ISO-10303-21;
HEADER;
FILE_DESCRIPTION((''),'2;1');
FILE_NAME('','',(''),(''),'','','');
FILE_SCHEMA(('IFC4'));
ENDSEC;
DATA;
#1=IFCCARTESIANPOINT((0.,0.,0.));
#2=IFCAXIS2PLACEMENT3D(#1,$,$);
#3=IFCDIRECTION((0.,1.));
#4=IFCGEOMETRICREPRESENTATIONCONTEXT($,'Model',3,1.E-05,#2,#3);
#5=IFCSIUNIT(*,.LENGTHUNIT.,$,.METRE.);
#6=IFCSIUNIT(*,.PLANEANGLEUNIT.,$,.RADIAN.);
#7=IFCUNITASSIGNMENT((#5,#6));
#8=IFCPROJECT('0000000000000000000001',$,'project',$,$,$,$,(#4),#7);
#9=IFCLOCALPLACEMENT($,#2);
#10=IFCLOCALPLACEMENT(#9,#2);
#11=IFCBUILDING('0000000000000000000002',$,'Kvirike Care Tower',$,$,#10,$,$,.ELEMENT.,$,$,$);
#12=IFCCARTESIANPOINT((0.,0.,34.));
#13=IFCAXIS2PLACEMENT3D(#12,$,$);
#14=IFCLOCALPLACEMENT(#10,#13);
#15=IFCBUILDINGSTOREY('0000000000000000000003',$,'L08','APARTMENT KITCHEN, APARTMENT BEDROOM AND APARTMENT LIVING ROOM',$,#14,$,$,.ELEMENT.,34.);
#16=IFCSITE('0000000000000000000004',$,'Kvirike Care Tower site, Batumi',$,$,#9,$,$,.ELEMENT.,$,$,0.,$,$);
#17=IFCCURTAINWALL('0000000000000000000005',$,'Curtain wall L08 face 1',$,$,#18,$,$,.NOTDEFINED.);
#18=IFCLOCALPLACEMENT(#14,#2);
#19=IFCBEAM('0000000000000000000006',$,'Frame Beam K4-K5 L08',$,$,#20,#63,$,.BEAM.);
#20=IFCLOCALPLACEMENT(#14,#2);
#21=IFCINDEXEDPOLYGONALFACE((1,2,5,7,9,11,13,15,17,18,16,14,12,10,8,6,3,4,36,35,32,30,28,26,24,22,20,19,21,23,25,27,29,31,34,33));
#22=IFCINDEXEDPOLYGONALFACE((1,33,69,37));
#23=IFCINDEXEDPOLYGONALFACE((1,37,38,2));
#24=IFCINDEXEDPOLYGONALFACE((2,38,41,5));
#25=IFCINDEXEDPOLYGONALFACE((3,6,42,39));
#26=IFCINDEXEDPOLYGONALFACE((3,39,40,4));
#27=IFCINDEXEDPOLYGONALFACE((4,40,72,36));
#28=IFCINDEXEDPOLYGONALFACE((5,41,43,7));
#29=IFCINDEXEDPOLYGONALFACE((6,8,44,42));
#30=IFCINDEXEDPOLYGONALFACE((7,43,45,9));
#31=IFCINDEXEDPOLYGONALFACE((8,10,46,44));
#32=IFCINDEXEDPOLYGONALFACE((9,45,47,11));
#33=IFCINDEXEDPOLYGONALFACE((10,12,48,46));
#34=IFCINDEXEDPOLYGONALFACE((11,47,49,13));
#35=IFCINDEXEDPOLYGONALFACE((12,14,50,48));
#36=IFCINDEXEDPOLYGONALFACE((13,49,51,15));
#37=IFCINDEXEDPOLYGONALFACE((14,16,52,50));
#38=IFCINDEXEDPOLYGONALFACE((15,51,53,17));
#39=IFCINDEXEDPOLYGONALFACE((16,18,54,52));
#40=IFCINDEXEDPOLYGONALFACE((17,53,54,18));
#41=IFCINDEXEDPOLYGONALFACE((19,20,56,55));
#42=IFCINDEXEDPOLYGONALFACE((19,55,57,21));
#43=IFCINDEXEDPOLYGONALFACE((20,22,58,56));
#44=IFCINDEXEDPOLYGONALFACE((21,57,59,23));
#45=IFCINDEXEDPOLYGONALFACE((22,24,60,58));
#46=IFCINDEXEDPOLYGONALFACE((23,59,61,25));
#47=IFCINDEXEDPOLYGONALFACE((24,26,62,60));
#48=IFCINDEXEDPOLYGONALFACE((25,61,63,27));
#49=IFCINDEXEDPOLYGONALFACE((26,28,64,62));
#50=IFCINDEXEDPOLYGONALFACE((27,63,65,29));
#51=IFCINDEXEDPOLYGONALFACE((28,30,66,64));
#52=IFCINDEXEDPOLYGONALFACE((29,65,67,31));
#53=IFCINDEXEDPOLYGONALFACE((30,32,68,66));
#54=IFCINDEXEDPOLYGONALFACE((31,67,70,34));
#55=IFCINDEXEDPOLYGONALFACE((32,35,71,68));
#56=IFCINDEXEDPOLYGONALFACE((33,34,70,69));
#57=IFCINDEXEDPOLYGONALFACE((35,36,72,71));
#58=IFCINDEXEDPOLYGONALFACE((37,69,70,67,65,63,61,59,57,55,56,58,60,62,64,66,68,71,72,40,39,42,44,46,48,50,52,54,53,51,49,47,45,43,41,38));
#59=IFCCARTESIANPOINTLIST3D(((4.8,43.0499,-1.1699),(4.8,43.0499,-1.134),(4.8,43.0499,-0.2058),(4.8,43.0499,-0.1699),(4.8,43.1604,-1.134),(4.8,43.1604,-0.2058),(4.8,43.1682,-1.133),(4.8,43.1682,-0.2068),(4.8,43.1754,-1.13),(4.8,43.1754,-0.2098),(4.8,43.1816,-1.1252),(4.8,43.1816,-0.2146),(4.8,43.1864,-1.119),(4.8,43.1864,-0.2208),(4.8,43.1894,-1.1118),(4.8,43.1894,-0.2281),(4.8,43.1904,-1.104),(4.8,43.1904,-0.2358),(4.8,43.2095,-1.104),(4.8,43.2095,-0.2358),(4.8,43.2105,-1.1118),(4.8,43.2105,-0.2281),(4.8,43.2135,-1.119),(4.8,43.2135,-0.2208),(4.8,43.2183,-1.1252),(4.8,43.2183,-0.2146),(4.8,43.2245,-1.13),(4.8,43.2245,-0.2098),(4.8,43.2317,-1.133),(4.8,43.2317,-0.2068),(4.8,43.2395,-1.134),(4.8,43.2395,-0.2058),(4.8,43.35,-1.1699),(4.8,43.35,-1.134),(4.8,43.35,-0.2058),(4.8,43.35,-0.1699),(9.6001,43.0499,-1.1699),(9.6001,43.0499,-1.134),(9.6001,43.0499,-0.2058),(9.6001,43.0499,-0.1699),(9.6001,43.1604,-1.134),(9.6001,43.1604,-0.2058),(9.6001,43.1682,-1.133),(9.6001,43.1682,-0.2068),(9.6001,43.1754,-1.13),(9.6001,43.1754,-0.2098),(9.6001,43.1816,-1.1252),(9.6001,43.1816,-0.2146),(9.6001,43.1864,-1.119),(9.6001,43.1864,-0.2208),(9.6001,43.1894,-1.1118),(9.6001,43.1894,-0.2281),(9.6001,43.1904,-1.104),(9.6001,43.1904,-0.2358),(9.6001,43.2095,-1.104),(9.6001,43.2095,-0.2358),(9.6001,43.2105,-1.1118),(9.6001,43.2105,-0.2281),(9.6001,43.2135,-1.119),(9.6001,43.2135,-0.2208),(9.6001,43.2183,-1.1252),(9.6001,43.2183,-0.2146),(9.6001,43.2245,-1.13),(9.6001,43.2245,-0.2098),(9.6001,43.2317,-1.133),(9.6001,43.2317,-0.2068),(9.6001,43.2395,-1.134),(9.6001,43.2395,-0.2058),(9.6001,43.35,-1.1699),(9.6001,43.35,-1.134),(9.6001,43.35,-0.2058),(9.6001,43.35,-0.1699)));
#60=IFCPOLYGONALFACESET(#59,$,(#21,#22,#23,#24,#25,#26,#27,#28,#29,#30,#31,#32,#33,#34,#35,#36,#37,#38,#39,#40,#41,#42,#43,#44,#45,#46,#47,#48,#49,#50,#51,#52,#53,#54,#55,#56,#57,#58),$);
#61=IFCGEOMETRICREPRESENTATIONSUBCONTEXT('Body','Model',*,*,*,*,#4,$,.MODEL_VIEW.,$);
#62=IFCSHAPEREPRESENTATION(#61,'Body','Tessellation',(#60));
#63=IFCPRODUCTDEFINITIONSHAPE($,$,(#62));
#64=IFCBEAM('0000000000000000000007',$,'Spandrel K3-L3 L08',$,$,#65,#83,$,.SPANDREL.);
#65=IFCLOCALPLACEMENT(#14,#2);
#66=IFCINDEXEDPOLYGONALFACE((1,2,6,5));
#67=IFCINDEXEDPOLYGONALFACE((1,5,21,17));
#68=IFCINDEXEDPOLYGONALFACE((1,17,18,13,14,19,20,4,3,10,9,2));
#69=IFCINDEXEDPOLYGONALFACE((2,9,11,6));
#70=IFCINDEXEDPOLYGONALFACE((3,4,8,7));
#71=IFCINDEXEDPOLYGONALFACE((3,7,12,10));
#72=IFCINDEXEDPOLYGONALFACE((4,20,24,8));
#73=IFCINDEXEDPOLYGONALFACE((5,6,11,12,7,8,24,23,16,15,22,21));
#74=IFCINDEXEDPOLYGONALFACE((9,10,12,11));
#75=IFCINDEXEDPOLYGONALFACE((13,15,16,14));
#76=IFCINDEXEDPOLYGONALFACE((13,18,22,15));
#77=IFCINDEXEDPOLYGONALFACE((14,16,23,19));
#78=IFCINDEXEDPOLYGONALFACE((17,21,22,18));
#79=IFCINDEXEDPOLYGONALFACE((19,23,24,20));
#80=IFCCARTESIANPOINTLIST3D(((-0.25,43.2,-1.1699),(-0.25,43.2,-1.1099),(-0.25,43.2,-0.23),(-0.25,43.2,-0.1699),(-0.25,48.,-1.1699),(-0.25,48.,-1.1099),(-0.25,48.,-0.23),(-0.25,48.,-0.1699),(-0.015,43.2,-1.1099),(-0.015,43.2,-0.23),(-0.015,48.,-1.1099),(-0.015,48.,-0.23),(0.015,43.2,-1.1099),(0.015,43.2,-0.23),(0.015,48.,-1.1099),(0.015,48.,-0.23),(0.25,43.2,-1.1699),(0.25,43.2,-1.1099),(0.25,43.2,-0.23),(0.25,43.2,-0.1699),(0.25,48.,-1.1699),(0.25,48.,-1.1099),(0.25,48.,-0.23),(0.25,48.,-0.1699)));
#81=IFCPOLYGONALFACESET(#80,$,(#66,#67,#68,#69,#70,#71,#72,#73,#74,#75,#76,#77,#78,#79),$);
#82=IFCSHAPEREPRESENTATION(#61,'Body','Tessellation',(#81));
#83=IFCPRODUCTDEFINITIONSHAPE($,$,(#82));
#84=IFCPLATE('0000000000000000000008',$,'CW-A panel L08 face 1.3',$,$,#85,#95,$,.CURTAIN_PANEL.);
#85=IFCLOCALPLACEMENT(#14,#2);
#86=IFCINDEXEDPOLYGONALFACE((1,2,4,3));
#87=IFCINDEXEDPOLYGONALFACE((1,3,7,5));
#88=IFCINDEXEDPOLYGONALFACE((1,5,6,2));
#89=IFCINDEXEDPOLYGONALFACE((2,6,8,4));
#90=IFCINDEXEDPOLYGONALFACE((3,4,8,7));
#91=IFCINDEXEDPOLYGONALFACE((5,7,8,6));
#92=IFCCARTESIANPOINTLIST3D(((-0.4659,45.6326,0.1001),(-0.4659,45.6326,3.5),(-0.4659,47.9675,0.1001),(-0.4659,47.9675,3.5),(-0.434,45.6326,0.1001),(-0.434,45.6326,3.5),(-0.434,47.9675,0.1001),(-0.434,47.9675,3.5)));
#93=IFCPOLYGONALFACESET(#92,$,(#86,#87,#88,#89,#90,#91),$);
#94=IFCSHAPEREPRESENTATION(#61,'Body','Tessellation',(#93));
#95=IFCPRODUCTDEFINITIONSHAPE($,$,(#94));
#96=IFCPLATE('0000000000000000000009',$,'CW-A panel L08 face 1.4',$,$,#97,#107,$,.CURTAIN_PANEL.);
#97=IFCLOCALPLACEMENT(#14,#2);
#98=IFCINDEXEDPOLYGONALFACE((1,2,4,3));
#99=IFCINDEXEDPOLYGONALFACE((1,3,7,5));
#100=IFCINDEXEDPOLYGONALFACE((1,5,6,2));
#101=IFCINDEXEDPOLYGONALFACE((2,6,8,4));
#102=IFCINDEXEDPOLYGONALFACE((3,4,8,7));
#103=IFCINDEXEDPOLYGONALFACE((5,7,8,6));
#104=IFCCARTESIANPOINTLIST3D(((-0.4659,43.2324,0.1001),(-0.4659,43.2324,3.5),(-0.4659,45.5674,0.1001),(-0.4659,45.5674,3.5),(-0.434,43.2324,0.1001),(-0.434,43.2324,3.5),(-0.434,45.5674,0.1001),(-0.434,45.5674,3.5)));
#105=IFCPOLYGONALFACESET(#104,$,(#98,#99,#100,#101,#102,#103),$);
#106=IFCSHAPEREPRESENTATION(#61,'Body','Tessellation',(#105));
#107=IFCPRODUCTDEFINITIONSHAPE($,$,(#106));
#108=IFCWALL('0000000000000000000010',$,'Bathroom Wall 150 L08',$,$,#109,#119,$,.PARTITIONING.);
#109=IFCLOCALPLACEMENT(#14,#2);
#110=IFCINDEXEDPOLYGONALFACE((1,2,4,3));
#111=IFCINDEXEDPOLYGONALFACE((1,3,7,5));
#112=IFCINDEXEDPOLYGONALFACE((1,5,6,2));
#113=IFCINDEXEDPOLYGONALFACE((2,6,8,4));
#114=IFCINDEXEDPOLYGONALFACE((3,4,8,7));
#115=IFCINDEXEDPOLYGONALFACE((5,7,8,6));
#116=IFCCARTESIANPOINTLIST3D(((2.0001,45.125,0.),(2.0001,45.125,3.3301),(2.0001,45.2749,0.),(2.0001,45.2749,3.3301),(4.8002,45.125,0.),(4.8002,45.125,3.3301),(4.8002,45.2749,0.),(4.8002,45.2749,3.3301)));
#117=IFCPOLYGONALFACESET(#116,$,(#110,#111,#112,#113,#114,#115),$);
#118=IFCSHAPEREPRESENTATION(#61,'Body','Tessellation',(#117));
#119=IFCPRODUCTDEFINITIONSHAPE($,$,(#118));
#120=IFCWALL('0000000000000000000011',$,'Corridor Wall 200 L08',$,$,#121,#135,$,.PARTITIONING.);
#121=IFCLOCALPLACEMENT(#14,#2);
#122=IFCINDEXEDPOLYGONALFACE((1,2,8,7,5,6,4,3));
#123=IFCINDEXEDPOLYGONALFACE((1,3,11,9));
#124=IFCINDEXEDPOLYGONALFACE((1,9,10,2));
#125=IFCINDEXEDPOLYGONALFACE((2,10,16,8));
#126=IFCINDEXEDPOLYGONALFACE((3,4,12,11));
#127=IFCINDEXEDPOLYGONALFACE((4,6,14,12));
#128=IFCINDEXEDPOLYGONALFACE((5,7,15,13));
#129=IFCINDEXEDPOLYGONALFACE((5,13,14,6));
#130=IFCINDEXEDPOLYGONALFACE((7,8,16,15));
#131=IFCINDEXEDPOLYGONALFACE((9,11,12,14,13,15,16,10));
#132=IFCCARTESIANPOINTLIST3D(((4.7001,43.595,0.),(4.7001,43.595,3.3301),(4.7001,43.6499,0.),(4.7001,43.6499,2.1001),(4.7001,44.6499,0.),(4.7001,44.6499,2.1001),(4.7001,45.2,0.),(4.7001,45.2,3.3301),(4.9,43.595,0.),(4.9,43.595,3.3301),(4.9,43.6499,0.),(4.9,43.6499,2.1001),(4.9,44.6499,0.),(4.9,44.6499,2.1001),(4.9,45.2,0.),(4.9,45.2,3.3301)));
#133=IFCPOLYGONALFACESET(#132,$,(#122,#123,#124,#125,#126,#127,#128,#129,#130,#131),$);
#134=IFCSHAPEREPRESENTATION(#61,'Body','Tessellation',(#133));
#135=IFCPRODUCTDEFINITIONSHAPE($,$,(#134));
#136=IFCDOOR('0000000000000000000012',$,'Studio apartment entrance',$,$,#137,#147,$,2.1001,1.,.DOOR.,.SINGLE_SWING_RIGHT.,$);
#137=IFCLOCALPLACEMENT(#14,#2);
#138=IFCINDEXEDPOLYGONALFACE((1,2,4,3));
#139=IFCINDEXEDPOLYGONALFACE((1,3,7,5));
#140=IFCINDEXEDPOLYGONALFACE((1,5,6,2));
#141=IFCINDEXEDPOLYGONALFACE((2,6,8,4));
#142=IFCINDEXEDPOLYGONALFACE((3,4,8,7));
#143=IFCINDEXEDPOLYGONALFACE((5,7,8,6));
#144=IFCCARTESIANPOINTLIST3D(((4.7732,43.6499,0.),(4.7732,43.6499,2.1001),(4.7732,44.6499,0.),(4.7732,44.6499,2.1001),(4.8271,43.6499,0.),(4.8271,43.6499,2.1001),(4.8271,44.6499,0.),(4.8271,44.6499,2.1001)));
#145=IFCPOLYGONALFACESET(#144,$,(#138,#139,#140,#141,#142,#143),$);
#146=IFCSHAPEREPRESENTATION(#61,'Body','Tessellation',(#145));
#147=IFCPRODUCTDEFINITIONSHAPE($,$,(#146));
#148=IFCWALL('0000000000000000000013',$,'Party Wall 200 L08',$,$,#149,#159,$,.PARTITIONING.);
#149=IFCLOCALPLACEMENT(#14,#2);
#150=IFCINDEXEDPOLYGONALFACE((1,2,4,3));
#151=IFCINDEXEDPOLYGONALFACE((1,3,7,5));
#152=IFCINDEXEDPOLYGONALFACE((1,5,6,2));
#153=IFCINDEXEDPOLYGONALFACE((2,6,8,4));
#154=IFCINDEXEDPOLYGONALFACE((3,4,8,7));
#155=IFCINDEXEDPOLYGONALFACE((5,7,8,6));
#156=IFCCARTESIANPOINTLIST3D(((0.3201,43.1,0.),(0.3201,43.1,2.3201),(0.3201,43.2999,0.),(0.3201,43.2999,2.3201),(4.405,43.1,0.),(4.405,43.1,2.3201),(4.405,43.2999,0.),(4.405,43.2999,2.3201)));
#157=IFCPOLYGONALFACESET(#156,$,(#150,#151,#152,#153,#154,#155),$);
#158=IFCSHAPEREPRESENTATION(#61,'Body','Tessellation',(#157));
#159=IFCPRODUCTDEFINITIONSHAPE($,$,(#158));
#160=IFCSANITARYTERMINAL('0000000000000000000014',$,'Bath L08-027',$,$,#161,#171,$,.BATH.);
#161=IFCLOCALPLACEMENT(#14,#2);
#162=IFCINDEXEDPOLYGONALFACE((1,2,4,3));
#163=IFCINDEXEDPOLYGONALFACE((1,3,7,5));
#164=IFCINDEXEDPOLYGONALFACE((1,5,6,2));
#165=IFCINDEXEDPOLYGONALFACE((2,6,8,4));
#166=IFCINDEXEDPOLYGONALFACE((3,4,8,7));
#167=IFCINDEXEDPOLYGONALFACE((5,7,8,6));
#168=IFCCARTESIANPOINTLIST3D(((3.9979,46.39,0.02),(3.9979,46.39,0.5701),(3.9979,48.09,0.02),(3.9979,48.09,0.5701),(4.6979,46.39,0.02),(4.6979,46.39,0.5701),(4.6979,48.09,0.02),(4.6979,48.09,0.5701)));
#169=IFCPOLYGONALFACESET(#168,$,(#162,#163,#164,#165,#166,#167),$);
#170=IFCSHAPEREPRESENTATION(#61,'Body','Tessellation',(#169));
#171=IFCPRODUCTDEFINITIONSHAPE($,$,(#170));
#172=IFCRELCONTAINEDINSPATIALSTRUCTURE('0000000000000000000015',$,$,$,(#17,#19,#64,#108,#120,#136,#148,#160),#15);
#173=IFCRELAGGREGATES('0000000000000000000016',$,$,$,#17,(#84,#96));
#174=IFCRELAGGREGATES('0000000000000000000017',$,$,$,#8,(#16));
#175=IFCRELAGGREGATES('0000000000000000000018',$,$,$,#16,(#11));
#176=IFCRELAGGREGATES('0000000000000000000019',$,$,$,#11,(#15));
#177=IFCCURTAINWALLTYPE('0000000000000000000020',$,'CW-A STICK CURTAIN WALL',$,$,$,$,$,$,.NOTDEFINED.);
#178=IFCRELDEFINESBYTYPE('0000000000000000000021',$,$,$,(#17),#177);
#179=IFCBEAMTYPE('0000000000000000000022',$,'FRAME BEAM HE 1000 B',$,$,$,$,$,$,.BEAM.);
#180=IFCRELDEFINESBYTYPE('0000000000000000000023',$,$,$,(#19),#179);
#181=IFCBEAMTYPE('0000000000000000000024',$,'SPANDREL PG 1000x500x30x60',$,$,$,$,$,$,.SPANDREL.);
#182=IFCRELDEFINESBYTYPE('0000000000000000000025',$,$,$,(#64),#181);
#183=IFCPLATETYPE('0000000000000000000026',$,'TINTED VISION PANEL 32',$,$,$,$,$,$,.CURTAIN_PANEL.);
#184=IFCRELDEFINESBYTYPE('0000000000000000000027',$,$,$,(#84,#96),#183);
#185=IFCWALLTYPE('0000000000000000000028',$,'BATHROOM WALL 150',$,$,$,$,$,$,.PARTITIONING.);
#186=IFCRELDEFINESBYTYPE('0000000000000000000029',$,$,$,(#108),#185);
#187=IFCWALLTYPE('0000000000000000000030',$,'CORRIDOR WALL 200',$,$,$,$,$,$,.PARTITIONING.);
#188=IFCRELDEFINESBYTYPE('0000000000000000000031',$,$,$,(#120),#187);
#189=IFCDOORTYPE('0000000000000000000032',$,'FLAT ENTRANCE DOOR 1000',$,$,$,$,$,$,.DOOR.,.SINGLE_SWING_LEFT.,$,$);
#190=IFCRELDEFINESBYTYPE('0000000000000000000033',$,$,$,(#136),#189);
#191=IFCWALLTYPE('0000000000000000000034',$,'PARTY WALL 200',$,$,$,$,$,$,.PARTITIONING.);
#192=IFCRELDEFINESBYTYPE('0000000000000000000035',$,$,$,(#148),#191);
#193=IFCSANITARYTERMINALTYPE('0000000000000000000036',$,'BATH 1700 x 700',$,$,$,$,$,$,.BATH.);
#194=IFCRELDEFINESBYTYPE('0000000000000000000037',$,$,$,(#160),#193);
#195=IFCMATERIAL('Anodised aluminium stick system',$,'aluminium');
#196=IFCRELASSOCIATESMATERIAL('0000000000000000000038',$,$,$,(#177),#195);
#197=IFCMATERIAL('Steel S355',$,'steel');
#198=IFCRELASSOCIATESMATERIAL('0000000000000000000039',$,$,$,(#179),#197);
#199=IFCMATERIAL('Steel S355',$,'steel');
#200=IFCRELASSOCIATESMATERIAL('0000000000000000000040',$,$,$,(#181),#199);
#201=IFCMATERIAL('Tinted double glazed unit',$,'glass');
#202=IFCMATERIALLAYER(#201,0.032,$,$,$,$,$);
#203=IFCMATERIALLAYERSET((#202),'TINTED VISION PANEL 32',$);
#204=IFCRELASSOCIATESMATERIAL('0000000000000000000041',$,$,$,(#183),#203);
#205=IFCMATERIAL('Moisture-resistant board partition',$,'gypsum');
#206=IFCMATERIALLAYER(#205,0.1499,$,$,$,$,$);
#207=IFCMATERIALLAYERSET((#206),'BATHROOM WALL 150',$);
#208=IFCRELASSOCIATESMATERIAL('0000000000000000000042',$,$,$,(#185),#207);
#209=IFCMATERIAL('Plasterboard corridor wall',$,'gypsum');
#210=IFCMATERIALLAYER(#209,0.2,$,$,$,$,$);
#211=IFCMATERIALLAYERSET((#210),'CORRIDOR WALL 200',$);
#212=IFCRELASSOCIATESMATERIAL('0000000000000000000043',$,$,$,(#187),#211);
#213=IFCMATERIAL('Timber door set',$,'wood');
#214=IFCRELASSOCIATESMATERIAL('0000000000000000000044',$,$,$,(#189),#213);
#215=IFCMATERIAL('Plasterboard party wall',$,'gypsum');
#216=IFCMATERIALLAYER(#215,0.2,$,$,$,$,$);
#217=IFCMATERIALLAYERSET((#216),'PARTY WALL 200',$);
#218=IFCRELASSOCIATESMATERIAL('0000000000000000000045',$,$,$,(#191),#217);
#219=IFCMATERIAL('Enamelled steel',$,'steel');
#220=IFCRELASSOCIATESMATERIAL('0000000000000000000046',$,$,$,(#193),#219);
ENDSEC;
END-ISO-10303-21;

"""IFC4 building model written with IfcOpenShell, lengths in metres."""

from ifc_helpers import new_model, si_unit, direction, frame, frame_2d, origin, origin_2d, place, context, subcontext, project, spatial, rectangle, i_section, extrude, material, layer, layer_set, material_profile, profile_set, type_object, element, fill, aggregate, save


model = new_model("IFC4")

# Units and contexts
model_context = context("Model", 3, precision=1e-05, world=origin(), true_north=direction((0.0, 1.0)))
body_context = subcontext(model_context, "Body", "Model", "MODEL_VIEW")
ifc_project = project(units=[si_unit("LENGTHUNIT", "METRE"), si_unit("PLANEANGLEUNIT", "RADIAN")], contexts=[model_context])

# Site, building, storey
site_placement = place(None, origin())
site = spatial("IfcSite", under=ifc_project, at=site_placement, Name="Kvirike Care Tower site, Batumi", CompositionType="ELEMENT", RefElevation=0.0)
building_placement = place(site_placement, origin())
building = spatial("IfcBuilding", under=site, at=building_placement, Name="Kvirike Care Tower", CompositionType="ELEMENT")
storey_placement = place(building_placement, frame((0.0, 0.0, 34.0)))
storey = spatial("IfcBuildingStorey", under=building, at=storey_placement, Name="L08", Description="APARTMENT KITCHEN, APARTMENT BEDROOM AND APARTMENT LIVING ROOM", CompositionType="ELEMENT", Elevation=34.0)

# Curtain wall
ifc_material_1 = material(Name="Anodised aluminium stick system", Category="aluminium")
curtain_wall_type = type_object("IfcCurtainWallType", Name="CW-A STICK CURTAIN WALL", PredefinedType="NOTDEFINED", material=ifc_material_1)
curtain_wall_placement = place(storey_placement, origin())
curtain_wall = element("IfcCurtainWall", 1, at=curtain_wall_placement, inside=storey, type_object=curtain_wall_type, Name="Curtain wall L08 face 1", PredefinedType="NOTDEFINED")

# Beams
ifc_material_2 = material(Name="Steel S355", Category="steel")
ifc_material_profile_1 = material_profile(ifc_material_2, i_section(OverallWidth=0.3, OverallDepth=1.0, WebThickness=0.019, FlangeThickness=0.0359, FilletRadius=0.03, at=origin_2d()), Name="HE 1000 B")
ifc_profile_set_1 = profile_set([ifc_material_profile_1], Name="Steel S355")
beam_type_1 = type_object("IfcBeamType", Name="FRAME BEAM HE 1000 B", PredefinedType="BEAM", material=ifc_profile_set_1)
for number, where, z_axis, x_axis, name in (
    (2, (4.8, 43.2, -0.6699), (1.0, 0.0, 0.0), (0.0, 1.0, 0.0), "Frame Beam K4-K5 L08"),
):
    element("IfcBeam", number, at=place(storey_placement, frame(where, z_axis=z_axis, x_axis=x_axis)), inside=storey, type_object=beam_type_1, Name=name, PredefinedType="BEAM", context=body_context, shape_type="SweptSolid", body=[
        extrude(i_section(OverallWidth=0.3, OverallDepth=1.0, WebThickness=0.019, FlangeThickness=0.0359, FilletRadius=0.03, at=origin_2d()), origin(), (0.0, 0.0, 1.0), 4.8),
    ])
ifc_material_3 = material(Name="Steel S355", Category="steel")
ifc_material_profile_2 = material_profile(ifc_material_3, i_section(OverallWidth=0.5, OverallDepth=1.0, WebThickness=0.03, FlangeThickness=0.0601, at=origin_2d()), Name="PG 1000x500x30x60")
ifc_profile_set_2 = profile_set([ifc_material_profile_2], Name="Steel S355")
beam_type_2 = type_object("IfcBeamType", Name="SPANDREL PG 1000x500x30x60", PredefinedType="SPANDREL", material=ifc_profile_set_2)
beam_placement = place(storey_placement, frame((0.0, 43.2, -0.6699), z_axis=(0.0, 1.0, 0.0), x_axis=(-1.0, 0.0, 0.0)))
element("IfcBeam", 3, at=beam_placement, inside=storey, type_object=beam_type_2, Name="Spandrel K3-L3 L08", PredefinedType="SPANDREL", context=body_context, shape_type="SweptSolid", body=[
    extrude(i_section(OverallWidth=0.5, OverallDepth=1.0, WebThickness=0.03, FlangeThickness=0.0601, at=origin_2d()), origin(), (0.0, 0.0, 1.0), 4.8),
])

# Plates
ifc_material_4 = material(Name="Tinted double glazed unit", Category="glass")
ifc_layer_1 = layer(ifc_material_4, 0.032)
ifc_layer_set_1 = layer_set([ifc_layer_1], Name="TINTED VISION PANEL 32")
plate_type = type_object("IfcPlateType", Name="TINTED VISION PANEL 32", PredefinedType="CURTAIN_PANEL", material=ifc_layer_set_1)
plate_1_placement = place(storey_placement, frame((-0.45, 46.8, 0.1001), z_axis=(0.0, 0.0, 1.0), x_axis=(0.0, -1.0, 0.0)))
plate_1 = element("IfcPlate", 4, at=plate_1_placement, type_object=plate_type, Name="CW-A panel L08 face 1.3", PredefinedType="CURTAIN_PANEL", context=body_context, shape_type="SweptSolid", body=[
    extrude(rectangle(XDim=2.335, YDim=0.032, at=origin_2d()), origin(), (0.0, 0.0, 1.0), 3.3999),
])
plate_2_placement = place(storey_placement, frame((-0.45, 44.3999, 0.1001), z_axis=(0.0, 0.0, 1.0), x_axis=(0.0, -1.0, 0.0)))
plate_2 = element("IfcPlate", 5, at=plate_2_placement, type_object=plate_type, Name="CW-A panel L08 face 1.4", PredefinedType="CURTAIN_PANEL", context=body_context, shape_type="SweptSolid", body=[
    extrude(rectangle(XDim=2.335, YDim=0.032, at=origin_2d()), origin(), (0.0, 0.0, 1.0), 3.3999),
])
aggregate(curtain_wall, [plate_1, plate_2])

# Wall
ifc_material_5 = material(Name="Moisture-resistant board partition", Category="gypsum")
ifc_layer_2 = layer(ifc_material_5, 0.1499)
ifc_layer_set_2 = layer_set([ifc_layer_2], Name="BATHROOM WALL 150")
wall_type_1 = type_object("IfcWallType", Name="BATHROOM WALL 150", PredefinedType="PARTITIONING", material=ifc_layer_set_2)
wall_1_placement = place(storey_placement, frame((4.8, 45.2, 0.0), z_axis=(0.0, 0.0, 1.0), x_axis=(-1.0, 0.0, 0.0)))
element("IfcWall", 6, at=wall_1_placement, inside=storey, type_object=wall_type_1, Name="Bathroom Wall 150 L08", PredefinedType="PARTITIONING", context=body_context, shape_type="SweptSolid", body=[
    extrude(rectangle(XDim=2.8, YDim=0.1499, at=frame_2d((1.3999, 0.0))), origin(), (0.0, 0.0, 1.0), 3.3301),
])

# Wall, opening, door
ifc_material_6 = material(Name="Plasterboard corridor wall", Category="gypsum")
ifc_layer_3 = layer(ifc_material_6, 0.2)
ifc_layer_set_3 = layer_set([ifc_layer_3], Name="CORRIDOR WALL 200")
wall_type_2 = type_object("IfcWallType", Name="CORRIDOR WALL 200", PredefinedType="PARTITIONING", material=ifc_layer_set_3)
wall_2_placement = place(storey_placement, frame((4.8, 45.2, 0.0), z_axis=(0.0, 0.0, 1.0), x_axis=(0.0, -1.0, 0.0)))
wall_2 = element("IfcWall", 7, at=wall_2_placement, inside=storey, type_object=wall_type_2, Name="Corridor Wall 200 L08", PredefinedType="PARTITIONING", context=body_context, shape_type="SweptSolid", body=[
    extrude(rectangle(XDim=1.605, YDim=0.2, at=frame_2d((0.8025, 0.0))), origin(), (0.0, 0.0, 1.0), 3.3301),
])
opening_placement = place(wall_2_placement, frame((0.55, 0.0, 0.0)))
opening = element("IfcOpeningElement", 8, at=opening_placement, cuts=wall_2, PredefinedType="OPENING", context=body_context, shape_type="SweptSolid", body=[
    extrude(rectangle(XDim=1.0, YDim=2.1001, at=frame_2d((0.5, 1.05))), frame((0.0, 0.1106, 0.0), z_axis=(0.0, -1.0, 0.0), x_axis=(1.0, 0.0, 0.0)), (0.0, 0.0, 1.0), 0.2209),
])
ifc_material_7 = material(Name="Timber door set", Category="wood")
door_type = type_object("IfcDoorType", Name="FLAT ENTRANCE DOOR 1000", OperationType="SINGLE_SWING_LEFT", PredefinedType="DOOR", material=ifc_material_7)
door_placement = place(opening_placement, frame((1.0, 0.0, 0.0), z_axis=(0.0, 0.0, 1.0), x_axis=(-1.0, 0.0, 0.0)))
door = element("IfcDoor", 9, at=door_placement, inside=storey, type_object=door_type, Name="Studio apartment entrance", OperationType="SINGLE_SWING_RIGHT", OverallHeight=2.1001, OverallWidth=1.0, PredefinedType="DOOR", context=body_context, shape_type="SweptSolid", body=[
    extrude(rectangle(XDim=1.0, YDim=2.1001, at=frame_2d((0.5, 1.05))), frame((0.0, 0.0269, 0.0), z_axis=(0.0, -1.0, 0.0), x_axis=(1.0, 0.0, 0.0)), (0.0, 0.0, 1.0), 0.054),
])
fill(opening, door)

# Wall
ifc_material_8 = material(Name="Plasterboard party wall", Category="gypsum")
ifc_layer_4 = layer(ifc_material_8, 0.2)
ifc_layer_set_4 = layer_set([ifc_layer_4], Name="PARTY WALL 200")
wall_type_3 = type_object("IfcWallType", Name="PARTY WALL 200", PredefinedType="PARTITIONING", material=ifc_layer_set_4)
wall_3_placement = place(storey_placement, frame((4.405, 43.2, 0.0), z_axis=(0.0, 0.0, 1.0), x_axis=(-1.0, 0.0, 0.0)))
element("IfcWall", 10, at=wall_3_placement, inside=storey, type_object=wall_type_3, Name="Party Wall 200 L08", PredefinedType="PARTITIONING", context=body_context, shape_type="SweptSolid", body=[
    extrude(rectangle(XDim=4.085, YDim=0.2, at=frame_2d((2.0425, 0.0))), origin(), (0.0, 0.0, 1.0), 2.3201),
])

# Sanitary terminal
ifc_material_9 = material(Name="Enamelled steel", Category="steel")
sanitary_terminal_type_1 = type_object("IfcSanitaryTerminalType", Name="BATH 1700 x 700", PredefinedType="BATH", material=ifc_material_9)
sanitary_terminal_1_placement = place(storey_placement, frame((4.3479, 47.24, 0.02), z_axis=(0.0, 0.0, 1.0), x_axis=(0.0, -1.0, 0.0)))
element("IfcSanitaryTerminal", 11, at=sanitary_terminal_1_placement, inside=storey, type_object=sanitary_terminal_type_1, Name="Bath L08-027", PredefinedType="BATH", context=body_context, shape_type="SweptSolid", body=[
    extrude(rectangle(XDim=1.7, YDim=0.7, at=origin_2d()), origin(), (0.0, 0.0, 1.0), 0.55),
])

save(model, "model.ifc")
